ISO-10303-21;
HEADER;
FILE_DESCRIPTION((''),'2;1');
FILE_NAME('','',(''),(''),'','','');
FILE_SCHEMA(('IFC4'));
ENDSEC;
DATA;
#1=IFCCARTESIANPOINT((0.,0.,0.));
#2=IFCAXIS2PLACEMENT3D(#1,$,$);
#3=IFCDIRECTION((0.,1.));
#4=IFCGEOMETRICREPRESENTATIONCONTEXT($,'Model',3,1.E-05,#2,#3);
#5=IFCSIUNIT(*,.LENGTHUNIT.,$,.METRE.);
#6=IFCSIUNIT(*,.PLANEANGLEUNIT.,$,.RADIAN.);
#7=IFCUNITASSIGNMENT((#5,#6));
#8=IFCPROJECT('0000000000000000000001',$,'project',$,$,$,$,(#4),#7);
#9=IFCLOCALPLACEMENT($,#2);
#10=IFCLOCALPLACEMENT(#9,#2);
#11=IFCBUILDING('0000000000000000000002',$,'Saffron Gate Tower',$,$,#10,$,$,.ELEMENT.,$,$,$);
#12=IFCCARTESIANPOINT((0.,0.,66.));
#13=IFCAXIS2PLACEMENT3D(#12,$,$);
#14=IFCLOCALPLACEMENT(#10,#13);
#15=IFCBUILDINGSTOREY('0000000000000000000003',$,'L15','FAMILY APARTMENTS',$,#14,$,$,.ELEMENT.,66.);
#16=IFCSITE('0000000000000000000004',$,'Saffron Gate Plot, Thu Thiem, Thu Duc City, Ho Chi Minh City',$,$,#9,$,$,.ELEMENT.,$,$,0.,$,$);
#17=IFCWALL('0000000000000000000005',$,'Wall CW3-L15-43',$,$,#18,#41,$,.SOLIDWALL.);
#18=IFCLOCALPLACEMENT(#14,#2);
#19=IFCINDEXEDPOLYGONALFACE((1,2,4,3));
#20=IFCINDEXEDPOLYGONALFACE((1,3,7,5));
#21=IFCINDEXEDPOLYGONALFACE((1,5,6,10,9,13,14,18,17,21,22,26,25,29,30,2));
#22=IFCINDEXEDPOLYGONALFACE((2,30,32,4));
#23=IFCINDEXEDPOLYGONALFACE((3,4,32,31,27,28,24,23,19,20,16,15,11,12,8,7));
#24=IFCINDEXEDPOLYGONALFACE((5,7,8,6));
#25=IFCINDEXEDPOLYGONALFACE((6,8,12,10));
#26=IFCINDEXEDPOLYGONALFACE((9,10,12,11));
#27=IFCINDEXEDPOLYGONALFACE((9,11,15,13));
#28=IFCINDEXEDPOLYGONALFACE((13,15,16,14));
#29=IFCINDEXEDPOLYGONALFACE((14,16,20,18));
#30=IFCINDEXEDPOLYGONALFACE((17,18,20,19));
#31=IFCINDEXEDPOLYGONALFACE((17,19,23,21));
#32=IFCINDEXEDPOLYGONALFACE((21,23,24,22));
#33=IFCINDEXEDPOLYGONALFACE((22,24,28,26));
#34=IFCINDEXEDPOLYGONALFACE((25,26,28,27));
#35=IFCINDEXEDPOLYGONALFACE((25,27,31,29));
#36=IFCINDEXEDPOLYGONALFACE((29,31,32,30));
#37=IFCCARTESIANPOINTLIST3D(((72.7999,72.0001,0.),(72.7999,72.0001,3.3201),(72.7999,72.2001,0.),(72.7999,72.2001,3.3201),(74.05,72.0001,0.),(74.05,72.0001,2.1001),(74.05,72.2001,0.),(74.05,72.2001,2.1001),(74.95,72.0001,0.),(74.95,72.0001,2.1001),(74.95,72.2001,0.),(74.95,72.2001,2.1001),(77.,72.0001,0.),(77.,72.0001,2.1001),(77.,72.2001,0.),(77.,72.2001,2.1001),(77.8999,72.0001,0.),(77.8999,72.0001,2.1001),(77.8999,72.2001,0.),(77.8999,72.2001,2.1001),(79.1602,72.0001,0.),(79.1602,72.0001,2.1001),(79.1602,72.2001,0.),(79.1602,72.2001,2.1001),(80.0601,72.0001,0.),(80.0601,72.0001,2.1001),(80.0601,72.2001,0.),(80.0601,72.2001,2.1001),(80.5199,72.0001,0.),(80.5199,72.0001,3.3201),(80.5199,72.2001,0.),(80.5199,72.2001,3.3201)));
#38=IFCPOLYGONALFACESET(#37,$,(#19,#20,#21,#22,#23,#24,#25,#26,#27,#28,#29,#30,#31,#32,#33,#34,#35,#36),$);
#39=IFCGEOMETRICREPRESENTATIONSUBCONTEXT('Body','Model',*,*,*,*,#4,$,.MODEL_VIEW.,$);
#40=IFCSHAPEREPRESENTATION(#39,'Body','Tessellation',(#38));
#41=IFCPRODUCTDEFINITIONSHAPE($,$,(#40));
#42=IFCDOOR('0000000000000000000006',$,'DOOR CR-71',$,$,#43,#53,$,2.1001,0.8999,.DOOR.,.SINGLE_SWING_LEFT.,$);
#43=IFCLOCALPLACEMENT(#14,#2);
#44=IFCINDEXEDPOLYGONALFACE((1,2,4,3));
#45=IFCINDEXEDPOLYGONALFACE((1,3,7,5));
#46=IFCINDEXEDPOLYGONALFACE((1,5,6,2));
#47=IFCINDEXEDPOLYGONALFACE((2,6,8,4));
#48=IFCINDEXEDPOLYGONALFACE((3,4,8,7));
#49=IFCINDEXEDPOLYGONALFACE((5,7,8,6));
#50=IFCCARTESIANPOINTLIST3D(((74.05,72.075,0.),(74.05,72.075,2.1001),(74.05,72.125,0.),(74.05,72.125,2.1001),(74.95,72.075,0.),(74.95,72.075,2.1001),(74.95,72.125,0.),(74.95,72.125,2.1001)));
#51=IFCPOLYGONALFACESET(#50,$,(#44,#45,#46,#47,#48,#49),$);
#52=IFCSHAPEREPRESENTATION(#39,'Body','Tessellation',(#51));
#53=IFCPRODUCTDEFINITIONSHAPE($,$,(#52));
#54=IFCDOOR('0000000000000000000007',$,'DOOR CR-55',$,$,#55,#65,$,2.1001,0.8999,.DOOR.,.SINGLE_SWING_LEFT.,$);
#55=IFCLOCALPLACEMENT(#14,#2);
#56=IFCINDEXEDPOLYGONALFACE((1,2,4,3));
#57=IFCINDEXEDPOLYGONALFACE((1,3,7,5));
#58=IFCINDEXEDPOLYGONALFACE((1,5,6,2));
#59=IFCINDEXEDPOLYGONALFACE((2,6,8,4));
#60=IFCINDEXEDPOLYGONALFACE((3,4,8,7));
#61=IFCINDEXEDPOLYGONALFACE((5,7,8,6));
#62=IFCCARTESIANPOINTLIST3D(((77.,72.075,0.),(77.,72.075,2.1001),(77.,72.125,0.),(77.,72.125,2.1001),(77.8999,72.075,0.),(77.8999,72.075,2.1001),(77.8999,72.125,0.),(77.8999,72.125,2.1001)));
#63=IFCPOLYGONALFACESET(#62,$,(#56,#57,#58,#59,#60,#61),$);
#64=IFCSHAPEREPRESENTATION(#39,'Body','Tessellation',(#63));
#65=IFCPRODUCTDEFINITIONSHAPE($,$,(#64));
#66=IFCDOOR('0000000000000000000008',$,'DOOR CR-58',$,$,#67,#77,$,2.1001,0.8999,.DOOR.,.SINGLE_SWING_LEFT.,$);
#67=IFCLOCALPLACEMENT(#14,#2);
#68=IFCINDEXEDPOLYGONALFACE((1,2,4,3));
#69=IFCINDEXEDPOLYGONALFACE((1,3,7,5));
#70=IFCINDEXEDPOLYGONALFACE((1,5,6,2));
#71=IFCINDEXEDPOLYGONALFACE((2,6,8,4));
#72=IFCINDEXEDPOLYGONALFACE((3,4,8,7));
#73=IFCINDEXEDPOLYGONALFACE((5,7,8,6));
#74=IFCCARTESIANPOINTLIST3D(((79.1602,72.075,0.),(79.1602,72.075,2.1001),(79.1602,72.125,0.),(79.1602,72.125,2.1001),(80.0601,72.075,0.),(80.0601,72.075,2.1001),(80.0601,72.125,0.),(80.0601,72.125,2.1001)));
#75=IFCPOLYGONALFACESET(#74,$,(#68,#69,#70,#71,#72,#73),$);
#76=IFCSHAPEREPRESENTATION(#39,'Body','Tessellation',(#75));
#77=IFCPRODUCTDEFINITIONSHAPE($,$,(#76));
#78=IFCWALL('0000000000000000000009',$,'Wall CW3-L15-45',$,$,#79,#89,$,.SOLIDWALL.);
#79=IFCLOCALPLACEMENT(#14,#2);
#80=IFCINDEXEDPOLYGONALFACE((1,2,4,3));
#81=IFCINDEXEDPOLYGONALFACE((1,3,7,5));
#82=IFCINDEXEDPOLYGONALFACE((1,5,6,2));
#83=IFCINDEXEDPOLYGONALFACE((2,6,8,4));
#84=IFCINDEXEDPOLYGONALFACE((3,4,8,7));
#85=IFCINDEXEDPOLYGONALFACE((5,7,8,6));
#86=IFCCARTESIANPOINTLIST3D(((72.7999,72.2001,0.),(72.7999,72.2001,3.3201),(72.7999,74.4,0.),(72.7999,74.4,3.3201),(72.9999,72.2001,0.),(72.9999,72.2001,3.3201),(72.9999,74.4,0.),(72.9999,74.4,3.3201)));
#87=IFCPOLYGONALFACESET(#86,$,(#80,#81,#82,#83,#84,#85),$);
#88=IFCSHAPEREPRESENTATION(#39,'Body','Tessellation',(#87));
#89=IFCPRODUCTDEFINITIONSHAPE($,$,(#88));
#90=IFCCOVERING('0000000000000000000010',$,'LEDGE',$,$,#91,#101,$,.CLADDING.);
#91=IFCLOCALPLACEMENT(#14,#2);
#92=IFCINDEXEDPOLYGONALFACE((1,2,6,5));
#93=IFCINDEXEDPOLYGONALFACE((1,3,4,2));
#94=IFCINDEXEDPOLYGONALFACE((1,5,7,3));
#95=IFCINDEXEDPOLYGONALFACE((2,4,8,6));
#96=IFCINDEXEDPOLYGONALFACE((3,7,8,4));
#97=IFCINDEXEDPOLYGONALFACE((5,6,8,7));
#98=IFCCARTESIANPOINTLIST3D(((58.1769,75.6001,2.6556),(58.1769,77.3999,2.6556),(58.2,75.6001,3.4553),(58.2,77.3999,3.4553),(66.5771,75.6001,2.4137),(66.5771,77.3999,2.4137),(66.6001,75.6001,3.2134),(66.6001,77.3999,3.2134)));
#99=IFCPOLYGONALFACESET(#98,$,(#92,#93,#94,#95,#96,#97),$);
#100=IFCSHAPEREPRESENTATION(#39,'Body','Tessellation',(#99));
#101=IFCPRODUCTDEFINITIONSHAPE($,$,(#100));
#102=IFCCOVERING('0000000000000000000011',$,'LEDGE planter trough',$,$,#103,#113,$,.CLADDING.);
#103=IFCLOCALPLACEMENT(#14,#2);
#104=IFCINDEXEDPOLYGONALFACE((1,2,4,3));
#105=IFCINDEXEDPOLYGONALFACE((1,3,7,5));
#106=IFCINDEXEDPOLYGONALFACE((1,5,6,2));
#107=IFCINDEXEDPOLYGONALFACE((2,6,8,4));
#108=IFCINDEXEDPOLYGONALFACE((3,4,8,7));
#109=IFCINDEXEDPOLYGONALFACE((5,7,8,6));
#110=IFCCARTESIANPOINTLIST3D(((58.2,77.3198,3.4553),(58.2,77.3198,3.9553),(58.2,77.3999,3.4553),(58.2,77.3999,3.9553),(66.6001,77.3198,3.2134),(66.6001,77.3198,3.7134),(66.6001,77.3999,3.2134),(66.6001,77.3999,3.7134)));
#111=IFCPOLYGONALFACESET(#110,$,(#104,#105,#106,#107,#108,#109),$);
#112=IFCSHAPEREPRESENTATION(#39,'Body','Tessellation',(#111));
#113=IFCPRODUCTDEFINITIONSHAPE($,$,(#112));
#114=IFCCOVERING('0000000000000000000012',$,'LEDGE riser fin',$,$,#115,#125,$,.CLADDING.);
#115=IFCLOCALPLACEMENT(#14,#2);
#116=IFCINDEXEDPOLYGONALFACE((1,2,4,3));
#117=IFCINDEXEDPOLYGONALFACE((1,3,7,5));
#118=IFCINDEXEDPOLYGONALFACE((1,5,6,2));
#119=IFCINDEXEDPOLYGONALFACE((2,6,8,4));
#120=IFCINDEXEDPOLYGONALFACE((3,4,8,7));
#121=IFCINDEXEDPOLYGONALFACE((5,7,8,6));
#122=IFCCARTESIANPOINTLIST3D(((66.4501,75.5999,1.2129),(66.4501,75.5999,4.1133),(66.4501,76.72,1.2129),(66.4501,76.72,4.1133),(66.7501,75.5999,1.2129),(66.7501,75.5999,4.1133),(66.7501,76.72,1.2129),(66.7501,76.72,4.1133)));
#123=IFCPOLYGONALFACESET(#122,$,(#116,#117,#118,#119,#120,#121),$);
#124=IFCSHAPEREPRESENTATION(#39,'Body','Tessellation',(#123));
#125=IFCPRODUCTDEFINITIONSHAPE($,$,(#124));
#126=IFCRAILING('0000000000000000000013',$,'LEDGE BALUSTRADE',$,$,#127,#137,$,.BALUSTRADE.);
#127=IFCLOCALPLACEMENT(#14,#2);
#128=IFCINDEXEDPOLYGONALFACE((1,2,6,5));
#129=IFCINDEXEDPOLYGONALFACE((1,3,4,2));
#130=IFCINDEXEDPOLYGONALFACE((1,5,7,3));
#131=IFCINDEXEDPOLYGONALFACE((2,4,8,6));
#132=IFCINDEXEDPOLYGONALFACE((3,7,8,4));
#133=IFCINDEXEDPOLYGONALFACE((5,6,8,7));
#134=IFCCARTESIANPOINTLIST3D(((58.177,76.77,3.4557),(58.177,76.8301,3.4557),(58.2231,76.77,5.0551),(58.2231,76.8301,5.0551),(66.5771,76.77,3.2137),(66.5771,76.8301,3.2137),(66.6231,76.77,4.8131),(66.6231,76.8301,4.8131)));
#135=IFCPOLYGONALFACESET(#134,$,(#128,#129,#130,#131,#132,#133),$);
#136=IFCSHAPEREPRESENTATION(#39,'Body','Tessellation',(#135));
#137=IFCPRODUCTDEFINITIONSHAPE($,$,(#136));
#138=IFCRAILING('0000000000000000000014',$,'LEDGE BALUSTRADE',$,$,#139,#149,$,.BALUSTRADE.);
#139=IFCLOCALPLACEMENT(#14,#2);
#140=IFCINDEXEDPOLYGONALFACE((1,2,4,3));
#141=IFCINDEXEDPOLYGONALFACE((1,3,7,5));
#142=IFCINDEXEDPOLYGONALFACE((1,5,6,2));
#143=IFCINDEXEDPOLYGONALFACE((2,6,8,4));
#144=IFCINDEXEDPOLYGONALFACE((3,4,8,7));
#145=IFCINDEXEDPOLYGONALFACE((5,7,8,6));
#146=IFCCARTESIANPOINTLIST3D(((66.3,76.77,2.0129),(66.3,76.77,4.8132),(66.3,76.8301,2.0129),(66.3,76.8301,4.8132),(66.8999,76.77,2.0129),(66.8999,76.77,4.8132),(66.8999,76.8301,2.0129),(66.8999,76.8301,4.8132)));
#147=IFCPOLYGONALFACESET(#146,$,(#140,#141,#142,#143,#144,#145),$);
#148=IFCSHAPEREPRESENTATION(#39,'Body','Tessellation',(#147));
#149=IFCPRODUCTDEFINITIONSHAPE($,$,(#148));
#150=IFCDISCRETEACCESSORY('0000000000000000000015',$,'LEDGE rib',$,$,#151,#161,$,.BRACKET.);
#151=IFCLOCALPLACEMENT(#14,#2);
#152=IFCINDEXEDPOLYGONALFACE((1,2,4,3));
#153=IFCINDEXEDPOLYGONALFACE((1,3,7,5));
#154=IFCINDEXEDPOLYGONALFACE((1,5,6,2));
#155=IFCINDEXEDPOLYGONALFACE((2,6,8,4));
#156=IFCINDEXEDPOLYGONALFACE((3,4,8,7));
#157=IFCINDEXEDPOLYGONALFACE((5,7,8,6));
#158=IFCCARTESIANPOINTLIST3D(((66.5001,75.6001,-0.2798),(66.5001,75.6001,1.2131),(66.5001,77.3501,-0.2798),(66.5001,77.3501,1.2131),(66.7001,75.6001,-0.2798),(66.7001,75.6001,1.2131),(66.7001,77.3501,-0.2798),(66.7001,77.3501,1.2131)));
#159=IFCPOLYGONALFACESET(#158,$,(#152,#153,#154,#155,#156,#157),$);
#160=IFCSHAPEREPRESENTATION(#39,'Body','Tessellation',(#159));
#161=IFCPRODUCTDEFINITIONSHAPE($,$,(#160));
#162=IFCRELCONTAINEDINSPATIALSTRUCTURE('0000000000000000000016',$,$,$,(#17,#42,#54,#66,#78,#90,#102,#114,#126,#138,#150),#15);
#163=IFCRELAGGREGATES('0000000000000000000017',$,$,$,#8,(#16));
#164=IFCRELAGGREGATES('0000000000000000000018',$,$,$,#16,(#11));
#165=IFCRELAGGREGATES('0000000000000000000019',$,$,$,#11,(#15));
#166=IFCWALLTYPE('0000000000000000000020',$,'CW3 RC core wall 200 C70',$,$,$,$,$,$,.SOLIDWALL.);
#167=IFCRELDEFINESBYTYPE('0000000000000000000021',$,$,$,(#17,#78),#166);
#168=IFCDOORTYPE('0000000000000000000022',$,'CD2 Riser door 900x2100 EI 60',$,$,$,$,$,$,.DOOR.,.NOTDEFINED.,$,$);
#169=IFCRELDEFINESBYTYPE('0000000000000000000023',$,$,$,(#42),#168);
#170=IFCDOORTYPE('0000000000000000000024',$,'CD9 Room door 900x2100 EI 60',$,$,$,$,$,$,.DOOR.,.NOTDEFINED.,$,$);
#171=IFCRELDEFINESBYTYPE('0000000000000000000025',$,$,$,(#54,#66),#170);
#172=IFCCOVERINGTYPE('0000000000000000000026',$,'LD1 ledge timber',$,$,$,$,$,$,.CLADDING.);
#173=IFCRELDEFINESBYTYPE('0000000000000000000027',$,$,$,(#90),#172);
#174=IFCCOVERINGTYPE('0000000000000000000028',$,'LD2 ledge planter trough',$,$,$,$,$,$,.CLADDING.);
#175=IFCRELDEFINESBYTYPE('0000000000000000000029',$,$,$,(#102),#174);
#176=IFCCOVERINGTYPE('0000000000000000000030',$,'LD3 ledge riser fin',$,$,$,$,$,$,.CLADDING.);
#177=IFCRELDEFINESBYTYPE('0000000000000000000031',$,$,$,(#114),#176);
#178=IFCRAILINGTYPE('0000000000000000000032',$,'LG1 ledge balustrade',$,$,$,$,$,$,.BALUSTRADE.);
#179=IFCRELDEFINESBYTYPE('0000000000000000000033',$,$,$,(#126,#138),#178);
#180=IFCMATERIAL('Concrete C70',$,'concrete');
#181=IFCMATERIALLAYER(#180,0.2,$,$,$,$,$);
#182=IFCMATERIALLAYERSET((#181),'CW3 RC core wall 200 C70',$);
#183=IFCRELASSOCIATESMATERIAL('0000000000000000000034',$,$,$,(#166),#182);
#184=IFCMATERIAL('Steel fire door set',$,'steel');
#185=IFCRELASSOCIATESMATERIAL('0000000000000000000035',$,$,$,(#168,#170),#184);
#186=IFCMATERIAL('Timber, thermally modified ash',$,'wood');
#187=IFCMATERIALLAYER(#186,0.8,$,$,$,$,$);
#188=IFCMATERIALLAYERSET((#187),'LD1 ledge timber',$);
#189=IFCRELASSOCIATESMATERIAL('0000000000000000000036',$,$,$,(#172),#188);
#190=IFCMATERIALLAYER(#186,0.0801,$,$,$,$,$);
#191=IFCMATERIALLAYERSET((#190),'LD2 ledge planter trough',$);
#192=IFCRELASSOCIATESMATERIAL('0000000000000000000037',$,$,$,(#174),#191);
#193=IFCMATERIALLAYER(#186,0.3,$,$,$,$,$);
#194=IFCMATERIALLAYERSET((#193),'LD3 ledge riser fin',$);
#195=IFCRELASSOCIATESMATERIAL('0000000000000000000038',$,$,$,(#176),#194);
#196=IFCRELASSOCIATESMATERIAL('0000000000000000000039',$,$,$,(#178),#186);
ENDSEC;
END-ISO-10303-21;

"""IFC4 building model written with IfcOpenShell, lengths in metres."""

from ifc_helpers import new_model, si_unit, direction, frame, frame_2d, origin, origin_2d, place, context, subcontext, project, spatial, polyline, rectangle, outline, extrude, material, layer, layer_set, type_object, element, fill, save


model = new_model("IFC4")

# Units and contexts
model_context = context("Model", 3, precision=1e-05, world=origin(), true_north=direction((0.0, 1.0)))
body_context = subcontext(model_context, "Body", "Model", "MODEL_VIEW")
ifc_project = project(units=[si_unit("LENGTHUNIT", "METRE"), si_unit("PLANEANGLEUNIT", "RADIAN")], contexts=[model_context])

# Site, building, storey
site_placement = place(None, origin())
site = spatial("IfcSite", under=ifc_project, at=site_placement, Name="Saffron Gate Plot, Thu Thiem, Thu Duc City, Ho Chi Minh City", CompositionType="ELEMENT", RefElevation=0.0)
building_placement = place(site_placement, origin())
building = spatial("IfcBuilding", under=site, at=building_placement, Name="Saffron Gate Tower", CompositionType="ELEMENT")
storey_placement = place(building_placement, frame((0.0, 0.0, 66.0)))
storey = spatial("IfcBuildingStorey", under=building, at=storey_placement, Name="L15", Description="FAMILY APARTMENTS", CompositionType="ELEMENT", Elevation=66.0)

# Shared definitions
ifc_material_1 = material(Name="Concrete C70", Category="concrete")
ifc_layer_1 = layer(ifc_material_1, 0.2)
ifc_layer_set_1 = layer_set([ifc_layer_1], Name="CW3 RC core wall 200 C70")
wall_type_1 = type_object("IfcWallType", Name="CW3 RC core wall 200 C70", PredefinedType="SOLIDWALL", material=ifc_layer_set_1)

# Wall, openings, doors
wall_1_placement = place(storey_placement, frame((72.8, 72.1001, 0.0), z_axis=(0.0, 0.0, 1.0), x_axis=(1.0, 0.0, 0.0)))
wall_1 = element("IfcWall", 1, at=wall_1_placement, inside=storey, type_object=wall_type_1, Name="Wall CW3-L15-43", PredefinedType="SOLIDWALL", context=body_context, shape_type="SweptSolid", body=[
    extrude(rectangle(XDim=7.72, YDim=0.2, at=frame_2d((3.8599, 0.0))), origin(), (0.0, 0.0, 1.0), 3.3201),
])
opening_1_placement = place(wall_1_placement, frame((1.25, 0.0, 0.0)))
opening_1 = element("IfcOpeningElement", 2, at=opening_1_placement, cuts=wall_1, PredefinedType="OPENING", context=body_context, shape_type="SweptSolid", body=[
    extrude(rectangle(XDim=0.8999, YDim=2.1001, at=frame_2d((0.45, 1.05))), frame((0.0, 0.1099, 0.0), z_axis=(0.0, -1.0, 0.0), x_axis=(1.0, 0.0, 0.0)), (0.0, 0.0, 1.0), 0.22),
])
opening_2_placement = place(wall_1_placement, frame((4.2, 0.0, 0.0)))
opening_2 = element("IfcOpeningElement", 3, at=opening_2_placement, cuts=wall_1, PredefinedType="OPENING", context=body_context, shape_type="SweptSolid", body=[
    extrude(rectangle(XDim=0.8999, YDim=2.1001, at=frame_2d((0.45, 1.05))), frame((0.0, 0.1099, 0.0), z_axis=(0.0, -1.0, 0.0), x_axis=(1.0, 0.0, 0.0)), (0.0, 0.0, 1.0), 0.22),
])
opening_3_placement = place(wall_1_placement, frame((6.3601, 0.0, 0.0)))
opening_3 = element("IfcOpeningElement", 4, at=opening_3_placement, cuts=wall_1, PredefinedType="OPENING", context=body_context, shape_type="SweptSolid", body=[
    extrude(rectangle(XDim=0.8999, YDim=2.1001, at=frame_2d((0.45, 1.05))), frame((0.0, 0.1099, 0.0), z_axis=(0.0, -1.0, 0.0), x_axis=(1.0, 0.0, 0.0)), (0.0, 0.0, 1.0), 0.22),
])
ifc_material_2 = material(Name="Steel fire door set", Category="steel")
door_type_1 = type_object("IfcDoorType", Name="CD2 Riser door 900x2100 EI 60", OperationType="NOTDEFINED", PredefinedType="DOOR", material=ifc_material_2)
door_1_placement = place(opening_1_placement, origin())
door_1 = element("IfcDoor", 5, at=door_1_placement, inside=storey, type_object=door_type_1, Name="DOOR CR-71", OperationType="SINGLE_SWING_LEFT", OverallHeight=2.1001, OverallWidth=0.8999, PredefinedType="DOOR", context=body_context, shape_type="SweptSolid", body=[
    extrude(rectangle(XDim=0.8999, YDim=2.1001, at=frame_2d((0.45, 1.05))), frame((0.0, 0.0249, 0.0), z_axis=(0.0, -1.0, 0.0), x_axis=(1.0, 0.0, 0.0)), (0.0, 0.0, 1.0), 0.05),
])
fill(opening_1, door_1)
door_type_2 = type_object("IfcDoorType", Name="CD9 Room door 900x2100 EI 60", OperationType="NOTDEFINED", PredefinedType="DOOR", material=ifc_material_2)
door_2_placement = place(opening_2_placement, origin())
door_2 = element("IfcDoor", 6, at=door_2_placement, inside=storey, type_object=door_type_2, Name="DOOR CR-55", OperationType="SINGLE_SWING_LEFT", OverallHeight=2.1001, OverallWidth=0.8999, PredefinedType="DOOR", context=body_context, shape_type="SweptSolid", body=[
    extrude(rectangle(XDim=0.8999, YDim=2.1001, at=frame_2d((0.45, 1.05))), frame((0.0, 0.0249, 0.0), z_axis=(0.0, -1.0, 0.0), x_axis=(1.0, 0.0, 0.0)), (0.0, 0.0, 1.0), 0.05),
])
fill(opening_2, door_2)
door_3_placement = place(opening_3_placement, origin())
door_3 = element("IfcDoor", 7, at=door_3_placement, inside=storey, type_object=door_type_2, Name="DOOR CR-58", OperationType="SINGLE_SWING_LEFT", OverallHeight=2.1001, OverallWidth=0.8999, PredefinedType="DOOR", context=body_context, shape_type="SweptSolid", body=[
    extrude(rectangle(XDim=0.8999, YDim=2.1001, at=frame_2d((0.45, 1.05))), frame((0.0, 0.0249, 0.0), z_axis=(0.0, -1.0, 0.0), x_axis=(1.0, 0.0, 0.0)), (0.0, 0.0, 1.0), 0.05),
])
fill(opening_3, door_3)

# Wall
wall_2_placement = place(storey_placement, frame((72.8999, 72.2, 0.0), z_axis=(0.0, 0.0, 1.0), x_axis=(0.0, 1.0, 0.0)))
element("IfcWall", 8, at=wall_2_placement, inside=storey, type_object=wall_type_1, Name="Wall CW3-L15-45", PredefinedType="SOLIDWALL", context=body_context, shape_type="SweptSolid", body=[
    extrude(rectangle(XDim=2.2, YDim=0.2, at=frame_2d((1.1001, 0.0))), origin(), (0.0, 0.0, 1.0), 3.3201),
])

# Coverings
ifc_material_3 = material(Name="Timber, thermally modified ash", Category="wood")
ifc_layer_2 = layer(ifc_material_3, 0.8)
ifc_layer_set_2 = layer_set([ifc_layer_2], Name="LD1 ledge timber")
covering_type_1 = type_object("IfcCoveringType", Name="LD1 ledge timber", PredefinedType="CLADDING", material=ifc_layer_set_2)
covering_1_placement = place(storey_placement, frame((66.6001, 75.6001, 3.2134), z_axis=(0.02879, 0.0, 0.999585), x_axis=(-0.999585, 0.0, 0.02879)))
element("IfcCovering", 9, at=covering_1_placement, inside=storey, type_object=covering_type_1, Name="LEDGE", PredefinedType="CLADDING", context=body_context, shape_type="SweptSolid", body=[
    extrude(outline(polyline([(0.0, 0.0), (8.4036, 0.0), (8.4036, -1.7998), (0.0, -1.7998), (0.0, 0.0)])), origin(), (0.0, 0.0, -1.0), 0.8),
])
ifc_layer_3 = layer(ifc_material_3, 0.0801)
ifc_layer_set_3 = layer_set([ifc_layer_3], Name="LD2 ledge planter trough")
covering_type_2 = type_object("IfcCoveringType", Name="LD2 ledge planter trough", PredefinedType="CLADDING", material=ifc_layer_set_3)
covering_2_placement = place(storey_placement, frame((66.6001, 77.3999, 3.2134), z_axis=(0.0, 1.0, 0.0), x_axis=(-0.999585, 0.0, 0.02879)))
element("IfcCovering", 10, at=covering_2_placement, inside=storey, type_object=covering_type_2, Name="LEDGE planter trough", PredefinedType="CLADDING", context=body_context, shape_type="SweptSolid", body=[
    extrude(outline(polyline([(0.0, 0.0), (8.4036, 0.0), (8.418, 0.4998), (0.0144, 0.4998), (0.0, 0.0)])), origin(), (0.0, 0.0, -1.0), 0.0801),
])
ifc_layer_4 = layer(ifc_material_3, 0.3)
ifc_layer_set_4 = layer_set([ifc_layer_4], Name="LD3 ledge riser fin")
covering_type_3 = type_object("IfcCoveringType", Name="LD3 ledge riser fin", PredefinedType="CLADDING", material=ifc_layer_set_4)
covering_3_placement = place(storey_placement, frame((66.6001, 76.1599, 1.2129), z_axis=(0.0, 0.0, 1.0), x_axis=(-1.0, 0.0, 0.0)))
element("IfcCovering", 11, at=covering_3_placement, inside=storey, type_object=covering_type_3, Name="LEDGE riser fin", PredefinedType="CLADDING", context=body_context, shape_type="SweptSolid", body=[
    extrude(rectangle(XDim=0.3, YDim=1.1201, at=origin_2d()), origin(), (0.0, 0.0, 1.0), 2.9004),
])

# Railings
railing_type = type_object("IfcRailingType", Name="LG1 ledge balustrade", PredefinedType="BALUSTRADE", material=ifc_material_3)
railing_1_placement = place(storey_placement, frame((66.6001, 76.8, 3.2134)))
element("IfcRailing", 12, at=railing_1_placement, inside=storey, type_object=railing_type, Name="LEDGE BALUSTRADE", PredefinedType="BALUSTRADE", context=body_context, shape_type="SweptSolid", body=[
    extrude(rectangle(XDim=0.0601, YDim=1.6001, at=origin_2d()), frame((0.0, 0.0, 0.8), z_axis=(-0.999585, 0.0, 0.02879), x_axis=(0.0, -1.0, 0.0)), (0.0, 0.0, 1.0), 8.4036),
])
railing_2_placement = place(storey_placement, frame((66.8999, 76.8, 2.0129)))
element("IfcRailing", 13, at=railing_2_placement, inside=storey, type_object=railing_type, Name="LEDGE BALUSTRADE", PredefinedType="BALUSTRADE", context=body_context, shape_type="SweptSolid", body=[
    extrude(rectangle(XDim=0.0601, YDim=2.8003, at=origin_2d()), frame((0.0, 0.0, 1.4001), z_axis=(-1.0, 0.0, 0.0), x_axis=(0.0, -1.0, 0.0)), (0.0, 0.0, 1.0), 0.5999),
])

# Discrete accessory
discrete_accessory_placement = place(storey_placement, frame((66.6001, 76.4751, -0.2798), z_axis=(0.0, 0.0, 1.0), x_axis=(-1.0, 0.0, 0.0)))
element("IfcDiscreteAccessory", 14, at=discrete_accessory_placement, inside=storey, Name="LEDGE rib", PredefinedType="BRACKET", context=body_context, shape_type="SweptSolid", body=[
    extrude(rectangle(XDim=0.2, YDim=1.75, at=origin_2d()), origin(), (0.0, 0.0, 1.0), 1.4929),
])

save(model, "model.ifc")
